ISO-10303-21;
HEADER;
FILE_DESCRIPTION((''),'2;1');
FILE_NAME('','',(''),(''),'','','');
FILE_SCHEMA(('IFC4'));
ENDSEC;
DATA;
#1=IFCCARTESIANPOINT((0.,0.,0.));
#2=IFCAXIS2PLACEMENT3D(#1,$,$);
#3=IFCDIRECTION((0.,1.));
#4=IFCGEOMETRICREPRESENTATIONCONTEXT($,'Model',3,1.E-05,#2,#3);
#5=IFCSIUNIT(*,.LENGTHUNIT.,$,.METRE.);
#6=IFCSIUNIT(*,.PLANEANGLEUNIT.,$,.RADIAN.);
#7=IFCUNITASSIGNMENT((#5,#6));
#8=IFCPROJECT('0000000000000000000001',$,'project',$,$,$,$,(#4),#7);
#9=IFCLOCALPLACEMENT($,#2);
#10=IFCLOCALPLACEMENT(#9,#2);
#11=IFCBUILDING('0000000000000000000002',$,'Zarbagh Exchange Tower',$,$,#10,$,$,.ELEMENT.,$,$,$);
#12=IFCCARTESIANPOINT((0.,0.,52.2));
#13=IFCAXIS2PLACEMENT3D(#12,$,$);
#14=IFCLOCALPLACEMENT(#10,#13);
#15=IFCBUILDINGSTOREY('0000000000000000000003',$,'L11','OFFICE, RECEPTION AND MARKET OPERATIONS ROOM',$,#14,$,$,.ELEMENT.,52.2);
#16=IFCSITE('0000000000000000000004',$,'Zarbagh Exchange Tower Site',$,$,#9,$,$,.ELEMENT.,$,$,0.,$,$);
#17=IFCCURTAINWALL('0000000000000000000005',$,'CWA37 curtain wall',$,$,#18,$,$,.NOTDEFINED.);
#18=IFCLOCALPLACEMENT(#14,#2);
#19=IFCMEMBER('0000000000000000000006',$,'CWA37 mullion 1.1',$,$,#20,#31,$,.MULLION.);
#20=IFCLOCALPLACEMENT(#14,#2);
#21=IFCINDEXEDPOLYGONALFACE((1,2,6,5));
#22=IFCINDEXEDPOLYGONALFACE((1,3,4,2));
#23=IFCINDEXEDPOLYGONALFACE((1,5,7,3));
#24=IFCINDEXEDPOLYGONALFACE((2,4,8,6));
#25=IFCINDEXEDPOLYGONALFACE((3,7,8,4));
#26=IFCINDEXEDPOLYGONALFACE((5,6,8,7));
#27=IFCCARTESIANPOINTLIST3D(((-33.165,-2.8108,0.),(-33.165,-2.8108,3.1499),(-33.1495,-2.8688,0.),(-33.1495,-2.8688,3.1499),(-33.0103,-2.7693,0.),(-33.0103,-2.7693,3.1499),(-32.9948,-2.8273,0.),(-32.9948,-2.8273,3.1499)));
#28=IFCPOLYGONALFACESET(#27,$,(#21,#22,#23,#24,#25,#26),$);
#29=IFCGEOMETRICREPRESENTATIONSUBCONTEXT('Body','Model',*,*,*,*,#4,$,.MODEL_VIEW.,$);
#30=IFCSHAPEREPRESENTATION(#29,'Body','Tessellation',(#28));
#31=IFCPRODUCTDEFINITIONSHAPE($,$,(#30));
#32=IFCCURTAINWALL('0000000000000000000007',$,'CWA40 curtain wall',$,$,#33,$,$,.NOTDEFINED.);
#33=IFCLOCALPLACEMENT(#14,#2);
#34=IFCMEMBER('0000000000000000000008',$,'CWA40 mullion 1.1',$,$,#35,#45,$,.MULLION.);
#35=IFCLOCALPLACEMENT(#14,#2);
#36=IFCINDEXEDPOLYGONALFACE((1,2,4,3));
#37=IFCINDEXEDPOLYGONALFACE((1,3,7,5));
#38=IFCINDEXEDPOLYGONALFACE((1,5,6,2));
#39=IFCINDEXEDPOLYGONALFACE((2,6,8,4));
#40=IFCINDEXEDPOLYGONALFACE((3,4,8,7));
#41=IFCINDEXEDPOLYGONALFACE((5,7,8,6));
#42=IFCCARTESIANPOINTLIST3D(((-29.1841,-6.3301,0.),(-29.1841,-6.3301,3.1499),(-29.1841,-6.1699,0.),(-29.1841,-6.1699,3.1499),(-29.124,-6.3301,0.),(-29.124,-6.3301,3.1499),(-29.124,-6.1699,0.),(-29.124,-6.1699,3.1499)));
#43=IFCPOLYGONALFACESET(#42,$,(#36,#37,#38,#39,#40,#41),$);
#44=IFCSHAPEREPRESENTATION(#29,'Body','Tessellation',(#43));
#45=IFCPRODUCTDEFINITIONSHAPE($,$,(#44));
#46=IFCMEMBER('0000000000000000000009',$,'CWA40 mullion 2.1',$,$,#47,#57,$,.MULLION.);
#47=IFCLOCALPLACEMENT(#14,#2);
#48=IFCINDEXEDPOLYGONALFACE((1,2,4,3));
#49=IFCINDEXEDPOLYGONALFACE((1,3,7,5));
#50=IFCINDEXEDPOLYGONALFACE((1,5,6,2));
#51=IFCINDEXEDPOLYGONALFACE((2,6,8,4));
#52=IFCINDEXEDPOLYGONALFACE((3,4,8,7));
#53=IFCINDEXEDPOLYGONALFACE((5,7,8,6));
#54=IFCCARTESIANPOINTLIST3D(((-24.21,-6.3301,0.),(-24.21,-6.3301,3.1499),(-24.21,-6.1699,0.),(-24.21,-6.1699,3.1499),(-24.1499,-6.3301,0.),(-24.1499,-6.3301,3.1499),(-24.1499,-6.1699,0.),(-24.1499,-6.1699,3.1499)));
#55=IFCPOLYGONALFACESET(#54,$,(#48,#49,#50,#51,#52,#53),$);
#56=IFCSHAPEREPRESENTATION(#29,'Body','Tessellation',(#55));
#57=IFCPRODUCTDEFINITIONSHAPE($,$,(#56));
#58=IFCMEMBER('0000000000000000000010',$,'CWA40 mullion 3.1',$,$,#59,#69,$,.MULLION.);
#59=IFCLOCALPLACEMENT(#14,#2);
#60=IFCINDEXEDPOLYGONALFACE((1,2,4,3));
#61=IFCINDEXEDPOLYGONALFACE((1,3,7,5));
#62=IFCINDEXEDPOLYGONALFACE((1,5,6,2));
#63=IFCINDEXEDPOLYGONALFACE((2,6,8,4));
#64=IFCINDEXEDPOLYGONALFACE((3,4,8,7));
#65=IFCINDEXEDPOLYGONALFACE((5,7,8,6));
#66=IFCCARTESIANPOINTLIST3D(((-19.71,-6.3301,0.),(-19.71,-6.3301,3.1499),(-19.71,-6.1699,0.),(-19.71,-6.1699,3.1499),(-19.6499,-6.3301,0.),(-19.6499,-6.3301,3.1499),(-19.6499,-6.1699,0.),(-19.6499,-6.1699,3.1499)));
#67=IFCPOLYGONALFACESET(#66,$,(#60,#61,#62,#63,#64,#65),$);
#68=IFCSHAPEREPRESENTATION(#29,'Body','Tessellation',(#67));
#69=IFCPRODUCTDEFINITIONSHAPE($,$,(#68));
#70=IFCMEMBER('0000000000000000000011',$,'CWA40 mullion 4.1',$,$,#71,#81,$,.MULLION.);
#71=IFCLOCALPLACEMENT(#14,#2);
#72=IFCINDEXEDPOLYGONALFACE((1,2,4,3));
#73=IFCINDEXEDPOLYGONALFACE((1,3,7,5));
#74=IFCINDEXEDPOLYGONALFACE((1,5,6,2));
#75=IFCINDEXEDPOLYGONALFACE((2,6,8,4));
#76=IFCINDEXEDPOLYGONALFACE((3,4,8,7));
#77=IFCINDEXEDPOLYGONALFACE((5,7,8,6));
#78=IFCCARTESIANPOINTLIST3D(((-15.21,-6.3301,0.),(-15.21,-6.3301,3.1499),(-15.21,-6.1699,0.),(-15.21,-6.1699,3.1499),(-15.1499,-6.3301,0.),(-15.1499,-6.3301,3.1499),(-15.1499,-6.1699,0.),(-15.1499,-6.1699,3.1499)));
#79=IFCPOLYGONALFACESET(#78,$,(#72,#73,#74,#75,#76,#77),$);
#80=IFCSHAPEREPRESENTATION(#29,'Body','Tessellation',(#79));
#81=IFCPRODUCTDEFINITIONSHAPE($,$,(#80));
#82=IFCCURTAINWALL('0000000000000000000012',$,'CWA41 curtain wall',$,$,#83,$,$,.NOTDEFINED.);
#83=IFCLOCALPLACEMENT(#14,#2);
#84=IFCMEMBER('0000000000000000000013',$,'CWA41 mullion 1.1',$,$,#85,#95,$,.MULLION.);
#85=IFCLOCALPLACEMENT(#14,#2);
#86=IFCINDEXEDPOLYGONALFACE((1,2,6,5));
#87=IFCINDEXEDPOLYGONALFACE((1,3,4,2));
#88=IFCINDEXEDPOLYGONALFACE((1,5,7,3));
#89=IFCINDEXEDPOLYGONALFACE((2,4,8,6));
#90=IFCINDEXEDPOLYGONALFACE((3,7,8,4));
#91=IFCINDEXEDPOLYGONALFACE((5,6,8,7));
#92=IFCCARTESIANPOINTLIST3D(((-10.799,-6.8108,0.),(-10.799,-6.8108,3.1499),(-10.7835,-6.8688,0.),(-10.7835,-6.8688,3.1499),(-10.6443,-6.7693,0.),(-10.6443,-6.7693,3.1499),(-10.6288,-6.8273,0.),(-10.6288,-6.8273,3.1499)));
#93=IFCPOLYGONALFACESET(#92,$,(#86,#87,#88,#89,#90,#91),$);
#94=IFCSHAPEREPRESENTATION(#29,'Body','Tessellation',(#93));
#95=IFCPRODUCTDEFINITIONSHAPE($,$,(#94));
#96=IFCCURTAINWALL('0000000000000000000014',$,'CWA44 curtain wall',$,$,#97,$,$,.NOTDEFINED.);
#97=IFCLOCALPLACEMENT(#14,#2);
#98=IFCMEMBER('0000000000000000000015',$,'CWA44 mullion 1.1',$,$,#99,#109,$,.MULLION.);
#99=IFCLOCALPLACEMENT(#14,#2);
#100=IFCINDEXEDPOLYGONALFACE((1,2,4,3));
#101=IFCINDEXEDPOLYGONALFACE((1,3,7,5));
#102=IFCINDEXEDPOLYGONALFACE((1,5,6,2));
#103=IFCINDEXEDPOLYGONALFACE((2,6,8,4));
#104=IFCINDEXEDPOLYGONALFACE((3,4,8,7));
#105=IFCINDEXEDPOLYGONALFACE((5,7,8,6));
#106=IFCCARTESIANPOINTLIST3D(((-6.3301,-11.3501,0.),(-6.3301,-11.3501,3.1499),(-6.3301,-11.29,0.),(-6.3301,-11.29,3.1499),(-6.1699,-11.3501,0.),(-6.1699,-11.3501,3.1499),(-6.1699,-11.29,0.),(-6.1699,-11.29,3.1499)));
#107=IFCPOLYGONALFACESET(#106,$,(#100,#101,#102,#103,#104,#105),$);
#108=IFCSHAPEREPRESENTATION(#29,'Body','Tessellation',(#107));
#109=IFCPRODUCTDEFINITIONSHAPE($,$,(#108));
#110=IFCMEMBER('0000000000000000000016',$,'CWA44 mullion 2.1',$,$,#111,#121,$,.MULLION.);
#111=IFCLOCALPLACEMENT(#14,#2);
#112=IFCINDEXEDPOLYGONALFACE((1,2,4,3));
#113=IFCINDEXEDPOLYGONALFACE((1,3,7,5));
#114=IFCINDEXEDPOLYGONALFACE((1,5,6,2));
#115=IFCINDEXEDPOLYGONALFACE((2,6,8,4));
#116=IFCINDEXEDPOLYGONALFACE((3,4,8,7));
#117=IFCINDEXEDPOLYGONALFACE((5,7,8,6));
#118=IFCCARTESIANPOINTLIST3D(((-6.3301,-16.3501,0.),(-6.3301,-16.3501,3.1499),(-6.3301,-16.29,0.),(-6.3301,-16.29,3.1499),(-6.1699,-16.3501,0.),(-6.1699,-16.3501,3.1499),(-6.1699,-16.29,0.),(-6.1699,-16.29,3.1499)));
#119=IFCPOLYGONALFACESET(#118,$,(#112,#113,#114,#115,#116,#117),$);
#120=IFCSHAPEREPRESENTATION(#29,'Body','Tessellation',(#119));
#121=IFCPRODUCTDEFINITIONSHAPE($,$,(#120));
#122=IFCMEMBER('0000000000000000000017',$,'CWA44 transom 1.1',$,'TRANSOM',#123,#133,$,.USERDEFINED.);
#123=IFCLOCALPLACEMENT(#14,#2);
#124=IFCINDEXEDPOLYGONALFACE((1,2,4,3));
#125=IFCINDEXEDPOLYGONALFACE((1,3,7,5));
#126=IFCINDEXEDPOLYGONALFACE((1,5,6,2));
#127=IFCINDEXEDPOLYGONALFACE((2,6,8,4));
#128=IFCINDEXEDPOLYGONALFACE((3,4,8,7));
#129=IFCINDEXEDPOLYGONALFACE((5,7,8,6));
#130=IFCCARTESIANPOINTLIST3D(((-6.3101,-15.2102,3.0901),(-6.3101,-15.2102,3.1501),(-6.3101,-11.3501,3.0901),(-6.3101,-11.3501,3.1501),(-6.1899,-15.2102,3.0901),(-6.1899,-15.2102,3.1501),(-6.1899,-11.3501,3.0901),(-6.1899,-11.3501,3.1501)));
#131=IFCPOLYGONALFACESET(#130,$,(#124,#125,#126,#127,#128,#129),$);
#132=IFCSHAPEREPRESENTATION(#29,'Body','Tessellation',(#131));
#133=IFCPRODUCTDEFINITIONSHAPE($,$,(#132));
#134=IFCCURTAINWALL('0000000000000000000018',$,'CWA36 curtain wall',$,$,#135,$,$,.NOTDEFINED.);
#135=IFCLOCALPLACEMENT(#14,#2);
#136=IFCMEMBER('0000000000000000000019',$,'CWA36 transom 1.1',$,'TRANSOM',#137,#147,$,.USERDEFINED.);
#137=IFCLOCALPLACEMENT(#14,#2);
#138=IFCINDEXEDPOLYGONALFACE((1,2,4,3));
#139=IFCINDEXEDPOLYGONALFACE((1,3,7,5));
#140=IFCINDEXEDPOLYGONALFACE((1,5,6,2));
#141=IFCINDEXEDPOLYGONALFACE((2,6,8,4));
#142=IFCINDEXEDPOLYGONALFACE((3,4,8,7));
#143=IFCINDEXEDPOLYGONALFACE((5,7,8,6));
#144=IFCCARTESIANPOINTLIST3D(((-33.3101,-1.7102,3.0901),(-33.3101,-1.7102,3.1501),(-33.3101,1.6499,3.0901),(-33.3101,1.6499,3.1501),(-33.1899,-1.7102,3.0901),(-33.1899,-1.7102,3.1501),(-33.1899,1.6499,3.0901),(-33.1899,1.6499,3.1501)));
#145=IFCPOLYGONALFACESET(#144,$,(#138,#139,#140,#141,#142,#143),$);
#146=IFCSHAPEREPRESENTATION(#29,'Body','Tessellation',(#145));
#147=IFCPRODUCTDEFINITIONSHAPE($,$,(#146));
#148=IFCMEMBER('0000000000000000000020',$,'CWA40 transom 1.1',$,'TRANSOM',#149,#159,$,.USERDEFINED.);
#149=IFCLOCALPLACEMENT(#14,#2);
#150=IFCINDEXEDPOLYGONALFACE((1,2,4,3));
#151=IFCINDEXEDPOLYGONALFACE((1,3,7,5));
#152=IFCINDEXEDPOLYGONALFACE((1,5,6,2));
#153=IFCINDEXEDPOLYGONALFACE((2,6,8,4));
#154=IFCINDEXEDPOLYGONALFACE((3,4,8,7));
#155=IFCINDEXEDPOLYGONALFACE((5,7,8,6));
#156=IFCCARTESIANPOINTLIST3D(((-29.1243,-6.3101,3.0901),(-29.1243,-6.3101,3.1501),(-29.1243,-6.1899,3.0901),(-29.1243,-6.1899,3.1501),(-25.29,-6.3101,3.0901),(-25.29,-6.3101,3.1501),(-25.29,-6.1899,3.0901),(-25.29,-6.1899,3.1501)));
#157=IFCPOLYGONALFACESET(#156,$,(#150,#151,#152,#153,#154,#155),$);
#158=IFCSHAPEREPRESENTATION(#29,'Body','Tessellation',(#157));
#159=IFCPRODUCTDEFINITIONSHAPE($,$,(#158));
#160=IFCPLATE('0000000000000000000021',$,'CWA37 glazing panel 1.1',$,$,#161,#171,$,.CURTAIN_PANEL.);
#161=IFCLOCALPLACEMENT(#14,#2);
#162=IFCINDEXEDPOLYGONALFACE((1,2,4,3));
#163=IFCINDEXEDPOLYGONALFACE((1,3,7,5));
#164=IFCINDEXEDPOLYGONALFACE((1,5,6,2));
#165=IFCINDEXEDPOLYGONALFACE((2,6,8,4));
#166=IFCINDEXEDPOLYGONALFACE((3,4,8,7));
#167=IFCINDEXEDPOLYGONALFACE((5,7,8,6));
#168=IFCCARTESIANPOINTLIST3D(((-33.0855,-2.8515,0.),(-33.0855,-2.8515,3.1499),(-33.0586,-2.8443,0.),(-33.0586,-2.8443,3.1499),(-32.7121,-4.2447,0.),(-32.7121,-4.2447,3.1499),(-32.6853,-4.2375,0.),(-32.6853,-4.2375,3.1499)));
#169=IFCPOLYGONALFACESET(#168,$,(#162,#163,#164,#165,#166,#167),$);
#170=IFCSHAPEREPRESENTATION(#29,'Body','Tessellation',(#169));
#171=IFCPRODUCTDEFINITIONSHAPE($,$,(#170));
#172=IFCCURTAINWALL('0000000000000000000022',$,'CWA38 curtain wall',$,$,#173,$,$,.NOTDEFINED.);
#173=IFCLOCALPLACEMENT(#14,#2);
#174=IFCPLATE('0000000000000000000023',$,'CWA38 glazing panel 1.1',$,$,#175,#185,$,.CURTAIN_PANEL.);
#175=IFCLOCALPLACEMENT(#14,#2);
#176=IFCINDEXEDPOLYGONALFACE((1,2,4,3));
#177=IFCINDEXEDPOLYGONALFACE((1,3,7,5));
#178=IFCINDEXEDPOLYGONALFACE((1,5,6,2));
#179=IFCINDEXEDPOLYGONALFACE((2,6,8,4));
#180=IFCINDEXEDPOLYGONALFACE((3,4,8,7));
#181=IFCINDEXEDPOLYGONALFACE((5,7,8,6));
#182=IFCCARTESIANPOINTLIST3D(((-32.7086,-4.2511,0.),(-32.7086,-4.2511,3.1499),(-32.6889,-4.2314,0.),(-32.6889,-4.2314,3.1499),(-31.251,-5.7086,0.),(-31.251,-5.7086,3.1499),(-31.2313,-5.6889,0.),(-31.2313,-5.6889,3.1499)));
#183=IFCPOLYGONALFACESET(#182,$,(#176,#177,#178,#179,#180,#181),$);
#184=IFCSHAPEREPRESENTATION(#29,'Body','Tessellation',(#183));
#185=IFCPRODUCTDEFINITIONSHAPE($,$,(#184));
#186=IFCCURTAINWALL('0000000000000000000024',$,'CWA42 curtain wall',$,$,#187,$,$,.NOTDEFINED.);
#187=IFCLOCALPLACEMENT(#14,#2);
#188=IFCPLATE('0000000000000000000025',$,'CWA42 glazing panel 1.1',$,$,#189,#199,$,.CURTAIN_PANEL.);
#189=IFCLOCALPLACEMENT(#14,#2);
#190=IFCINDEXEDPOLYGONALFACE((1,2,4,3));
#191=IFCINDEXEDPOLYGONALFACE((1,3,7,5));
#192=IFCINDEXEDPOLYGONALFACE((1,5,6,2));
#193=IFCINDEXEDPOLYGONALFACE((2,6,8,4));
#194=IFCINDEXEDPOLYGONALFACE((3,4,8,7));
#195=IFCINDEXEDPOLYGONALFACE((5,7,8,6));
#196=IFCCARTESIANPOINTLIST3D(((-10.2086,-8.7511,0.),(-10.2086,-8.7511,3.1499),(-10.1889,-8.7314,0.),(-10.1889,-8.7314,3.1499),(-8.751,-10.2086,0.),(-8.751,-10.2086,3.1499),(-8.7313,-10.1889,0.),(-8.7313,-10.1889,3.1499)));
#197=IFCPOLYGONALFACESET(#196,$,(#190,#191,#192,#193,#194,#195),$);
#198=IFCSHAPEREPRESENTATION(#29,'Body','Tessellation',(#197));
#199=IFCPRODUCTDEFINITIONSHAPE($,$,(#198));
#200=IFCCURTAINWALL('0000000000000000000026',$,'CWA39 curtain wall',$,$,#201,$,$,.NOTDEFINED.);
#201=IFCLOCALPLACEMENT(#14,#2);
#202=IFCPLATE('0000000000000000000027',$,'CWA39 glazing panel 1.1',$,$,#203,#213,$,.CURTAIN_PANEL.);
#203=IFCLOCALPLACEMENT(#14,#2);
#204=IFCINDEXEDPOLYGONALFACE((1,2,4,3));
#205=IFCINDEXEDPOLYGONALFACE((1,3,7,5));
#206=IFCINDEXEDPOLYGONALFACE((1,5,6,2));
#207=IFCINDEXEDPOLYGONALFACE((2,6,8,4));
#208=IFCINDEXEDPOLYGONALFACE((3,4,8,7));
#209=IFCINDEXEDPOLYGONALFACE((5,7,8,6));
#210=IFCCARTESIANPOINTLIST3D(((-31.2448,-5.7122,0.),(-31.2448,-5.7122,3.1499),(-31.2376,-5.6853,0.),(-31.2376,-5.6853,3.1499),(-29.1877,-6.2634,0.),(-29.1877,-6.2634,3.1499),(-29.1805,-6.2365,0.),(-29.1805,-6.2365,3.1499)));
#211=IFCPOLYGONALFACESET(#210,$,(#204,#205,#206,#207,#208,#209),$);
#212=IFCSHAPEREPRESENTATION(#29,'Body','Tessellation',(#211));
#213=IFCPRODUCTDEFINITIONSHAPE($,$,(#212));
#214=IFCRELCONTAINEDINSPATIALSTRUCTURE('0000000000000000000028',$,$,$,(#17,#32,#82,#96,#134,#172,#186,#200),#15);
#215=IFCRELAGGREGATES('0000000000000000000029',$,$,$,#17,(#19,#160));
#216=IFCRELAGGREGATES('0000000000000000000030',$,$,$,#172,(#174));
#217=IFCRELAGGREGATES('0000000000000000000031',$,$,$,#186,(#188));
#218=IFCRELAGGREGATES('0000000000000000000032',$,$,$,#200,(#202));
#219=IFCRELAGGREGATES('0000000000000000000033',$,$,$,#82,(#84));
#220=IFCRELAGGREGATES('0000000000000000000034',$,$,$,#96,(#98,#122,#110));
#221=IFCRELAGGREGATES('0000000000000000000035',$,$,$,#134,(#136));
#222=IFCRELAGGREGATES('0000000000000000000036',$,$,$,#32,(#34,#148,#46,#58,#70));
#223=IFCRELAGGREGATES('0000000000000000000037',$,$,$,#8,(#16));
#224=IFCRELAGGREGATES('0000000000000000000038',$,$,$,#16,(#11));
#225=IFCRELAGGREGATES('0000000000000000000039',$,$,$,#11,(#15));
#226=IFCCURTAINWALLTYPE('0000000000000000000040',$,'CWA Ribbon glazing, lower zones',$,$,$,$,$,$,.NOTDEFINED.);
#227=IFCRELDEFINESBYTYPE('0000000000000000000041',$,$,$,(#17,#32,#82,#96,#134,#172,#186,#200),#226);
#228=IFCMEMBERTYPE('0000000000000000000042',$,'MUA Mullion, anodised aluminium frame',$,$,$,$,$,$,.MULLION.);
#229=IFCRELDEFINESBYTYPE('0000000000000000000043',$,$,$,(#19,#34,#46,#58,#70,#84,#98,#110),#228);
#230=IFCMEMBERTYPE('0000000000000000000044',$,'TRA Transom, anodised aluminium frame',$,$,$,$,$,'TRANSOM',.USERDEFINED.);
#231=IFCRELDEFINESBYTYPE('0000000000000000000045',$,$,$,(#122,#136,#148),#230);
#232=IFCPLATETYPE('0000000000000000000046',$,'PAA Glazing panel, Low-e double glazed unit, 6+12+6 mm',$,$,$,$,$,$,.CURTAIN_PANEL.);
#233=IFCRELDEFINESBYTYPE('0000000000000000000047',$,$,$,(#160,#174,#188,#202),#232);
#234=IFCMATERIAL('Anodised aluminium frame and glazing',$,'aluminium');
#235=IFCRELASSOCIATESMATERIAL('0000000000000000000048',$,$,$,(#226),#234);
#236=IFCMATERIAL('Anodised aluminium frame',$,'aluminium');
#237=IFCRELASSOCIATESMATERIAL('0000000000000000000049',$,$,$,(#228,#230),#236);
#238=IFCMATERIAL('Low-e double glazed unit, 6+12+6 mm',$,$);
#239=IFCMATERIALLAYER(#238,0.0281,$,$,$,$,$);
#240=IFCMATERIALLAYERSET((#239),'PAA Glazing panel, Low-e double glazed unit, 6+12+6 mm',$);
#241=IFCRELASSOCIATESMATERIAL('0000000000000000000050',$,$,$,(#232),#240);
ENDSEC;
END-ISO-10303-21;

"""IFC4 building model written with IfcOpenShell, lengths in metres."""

from ifc_helpers import new_model, si_unit, direction, frame, origin, place, context, subcontext, project, spatial, polyline, outline, extrude, source, transform, mapped, material, layer, layer_set, type_object, element, aggregate, save


model = new_model("IFC4")

# Units and contexts
model_context = context("Model", 3, precision=1e-05, world=origin(), true_north=direction((0.0, 1.0)))
body_context = subcontext(model_context, "Body", "Model", "MODEL_VIEW")
ifc_project = project(units=[si_unit("LENGTHUNIT", "METRE"), si_unit("PLANEANGLEUNIT", "RADIAN")], contexts=[model_context])

# Site, building, storey
site_placement = place(None, origin())
site = spatial("IfcSite", under=ifc_project, at=site_placement, Name="Zarbagh Exchange Tower Site", CompositionType="ELEMENT", RefElevation=0.0)
building_placement = place(site_placement, origin())
building = spatial("IfcBuilding", under=site, at=building_placement, Name="Zarbagh Exchange Tower", CompositionType="ELEMENT")
storey_placement = place(building_placement, frame((0.0, 0.0, 52.2)))
storey = spatial("IfcBuildingStorey", under=building, at=storey_placement, Name="L11", Description="OFFICE, RECEPTION AND MARKET OPERATIONS ROOM", CompositionType="ELEMENT", Elevation=52.2)

# Curtain wall, member
ifc_material_1 = material(Name="Anodised aluminium frame and glazing", Category="aluminium")
curtain_wall_type = type_object("IfcCurtainWallType", Name="CWA Ribbon glazing, lower zones", PredefinedType="NOTDEFINED", material=ifc_material_1)
curtain_wall_1_placement = place(storey_placement, origin())
curtain_wall_1 = element("IfcCurtainWall", 1, at=curtain_wall_1_placement, inside=storey, type_object=curtain_wall_type, Name="CWA37 curtain wall", PredefinedType="NOTDEFINED")
ifc_material_2 = material(Name="Anodised aluminium frame", Category="aluminium")
member_type_1 = type_object("IfcMemberType", Name="MUA Mullion, anodised aluminium frame", PredefinedType="MULLION", material=ifc_material_2)
shared_shape_1 = source(origin(), body_context, "Body", "SweptSolid", [
    extrude(outline(polyline([(0.0, -0.0801), (0.0601, -0.0801), (0.0601, 0.0801), (0.0, 0.0801), (0.0, -0.0801)])), origin(), (0.0, 0.0, 1.0), 3.1499),
])
placement = place(storey_placement, origin())
member_1 = element("IfcMember", 2, at=placement, type_object=member_type_1, Name="CWA37 mullion 1.1", PredefinedType="MULLION", context=body_context, shape_type="MappedRepresentation", body=[
    mapped(shared_shape_1, transform((-33.0876, -2.79, 0.0), x_axis=(0.258825, -0.965924, 0.0), y_axis=(0.965924, 0.258825, 0.0), z_axis=(0.0, 0.0, 1.0))),
])

# Curtain wall, members
curtain_wall_2_placement = place(storey_placement, origin())
curtain_wall_2 = element("IfcCurtainWall", 3, at=curtain_wall_2_placement, inside=storey, type_object=curtain_wall_type, Name="CWA40 curtain wall", PredefinedType="NOTDEFINED")
member_2 = element("IfcMember", 4, at=placement, type_object=member_type_1, Name="CWA40 mullion 1.1", PredefinedType="MULLION", context=body_context, shape_type="MappedRepresentation", body=[
    mapped(shared_shape_1, transform((-29.1841, -6.25, 0.0), x_axis=(1.0, 0.0, 0.0), y_axis=(0.0, 1.0, 0.0), z_axis=(0.0, 0.0, 1.0))),
])
member_3 = element("IfcMember", 5, at=placement, type_object=member_type_1, Name="CWA40 mullion 2.1", PredefinedType="MULLION", context=body_context, shape_type="MappedRepresentation", body=[
    mapped(shared_shape_1, transform((-24.21, -6.25, 0.0), x_axis=(1.0, 0.0, 0.0), y_axis=(0.0, 1.0, 0.0), z_axis=(0.0, 0.0, 1.0))),
])
member_4 = element("IfcMember", 6, at=placement, type_object=member_type_1, Name="CWA40 mullion 3.1", PredefinedType="MULLION", context=body_context, shape_type="MappedRepresentation", body=[
    mapped(shared_shape_1, transform((-19.71, -6.25, 0.0), x_axis=(1.0, 0.0, 0.0), y_axis=(0.0, 1.0, 0.0), z_axis=(0.0, 0.0, 1.0))),
])
member_5 = element("IfcMember", 7, at=placement, type_object=member_type_1, Name="CWA40 mullion 4.1", PredefinedType="MULLION", context=body_context, shape_type="MappedRepresentation", body=[
    mapped(shared_shape_1, transform((-15.21, -6.25, 0.0), x_axis=(1.0, 0.0, 0.0), y_axis=(0.0, 1.0, 0.0), z_axis=(0.0, 0.0, 1.0))),
])

# Curtain wall, member
curtain_wall_3_placement = place(storey_placement, origin())
curtain_wall_3 = element("IfcCurtainWall", 8, at=curtain_wall_3_placement, inside=storey, type_object=curtain_wall_type, Name="CWA41 curtain wall", PredefinedType="NOTDEFINED")
member_6 = element("IfcMember", 9, at=placement, type_object=member_type_1, Name="CWA41 mullion 1.1", PredefinedType="MULLION", context=body_context, shape_type="MappedRepresentation", body=[
    mapped(shared_shape_1, transform((-10.7217, -6.79, 0.0), x_axis=(0.258825, -0.965924, 0.0), y_axis=(0.965924, 0.258825, 0.0), z_axis=(0.0, 0.0, 1.0))),
])

# Curtain wall, members
curtain_wall_4_placement = place(storey_placement, origin())
curtain_wall_4 = element("IfcCurtainWall", 10, at=curtain_wall_4_placement, inside=storey, type_object=curtain_wall_type, Name="CWA44 curtain wall", PredefinedType="NOTDEFINED")
member_7 = element("IfcMember", 11, at=placement, type_object=member_type_1, Name="CWA44 mullion 1.1", PredefinedType="MULLION", context=body_context, shape_type="MappedRepresentation", body=[
    mapped(shared_shape_1, transform((-6.25, -11.29, 0.0), x_axis=(0.0, -1.0, 0.0), y_axis=(1.0, 0.0, 0.0), z_axis=(0.0, 0.0, 1.0))),
])
member_8 = element("IfcMember", 12, at=placement, type_object=member_type_1, Name="CWA44 mullion 2.1", PredefinedType="MULLION", context=body_context, shape_type="MappedRepresentation", body=[
    mapped(shared_shape_1, transform((-6.25, -16.29, 0.0), x_axis=(0.0, -1.0, 0.0), y_axis=(1.0, 0.0, 0.0), z_axis=(0.0, 0.0, 1.0))),
])
member_type_2 = type_object("IfcMemberType", Name="TRA Transom, anodised aluminium frame", ElementType="TRANSOM", PredefinedType="USERDEFINED", material=ifc_material_2)
shared_shape_2 = source(origin(), body_context, "Body", "SweptSolid", [
    extrude(outline(polyline([(-0.0601, -0.0601), (0.0, -0.0601), (0.0, 0.0601), (-0.0601, 0.0601), (-0.0601, -0.0601)])), origin(), (0.0, 0.0, 1.0), 3.8601),
])
member_9 = element("IfcMember", 13, at=placement, type_object=member_type_2, Name="CWA44 transom 1.1", ObjectType="TRANSOM", PredefinedType="USERDEFINED", context=body_context, shape_type="MappedRepresentation", body=[
    mapped(shared_shape_2, transform((-6.25, -11.3501, 3.1501), x_axis=(0.0, 0.0, 1.0), y_axis=(-1.0, 0.0, 0.0), z_axis=(0.0, -1.0, 0.0))),
])

# Curtain wall, member
curtain_wall_5_placement = place(storey_placement, origin())
curtain_wall_5 = element("IfcCurtainWall", 14, at=curtain_wall_5_placement, inside=storey, type_object=curtain_wall_type, Name="CWA36 curtain wall", PredefinedType="NOTDEFINED")
shared_shape_3 = source(origin(), body_context, "Body", "SweptSolid", [
    extrude(outline(polyline([(-0.0601, -0.0601), (0.0, -0.0601), (0.0, 0.0601), (-0.0601, 0.0601), (-0.0601, -0.0601)])), origin(), (0.0, 0.0, 1.0), 3.3601),
])
member_10 = element("IfcMember", 15, at=placement, type_object=member_type_2, Name="CWA36 transom 1.1", ObjectType="TRANSOM", PredefinedType="USERDEFINED", context=body_context, shape_type="MappedRepresentation", body=[
    mapped(shared_shape_3, transform((-33.25, 1.6499, 3.1501), x_axis=(0.0, 0.0, 1.0), y_axis=(-1.0, 0.0, 0.0), z_axis=(0.0, -1.0, 0.0))),
])

# Member
shared_shape_4 = source(origin(), body_context, "Body", "SweptSolid", [
    extrude(outline(polyline([(-0.0601, -0.0601), (0.0, -0.0601), (0.0, 0.0601), (-0.0601, 0.0601), (-0.0601, -0.0601)])), origin(), (0.0, 0.0, 1.0), 3.8342),
])
member_11 = element("IfcMember", 16, at=placement, type_object=member_type_2, Name="CWA40 transom 1.1", ObjectType="TRANSOM", PredefinedType="USERDEFINED", context=body_context, shape_type="MappedRepresentation", body=[
    mapped(shared_shape_4, transform((-29.1243, -6.25, 3.1501), x_axis=(0.0, 0.0, 1.0), y_axis=(0.0, -1.0, 0.0), z_axis=(1.0, 0.0, 0.0))),
])

# Plate
ifc_material_3 = material(Name="Low-e double glazed unit, 6+12+6 mm")
ifc_layer = layer(ifc_material_3, 0.0281)
ifc_layer_set = layer_set([ifc_layer], Name="PAA Glazing panel, Low-e double glazed unit, 6+12+6 mm")
plate_type = type_object("IfcPlateType", Name="PAA Glazing panel, Low-e double glazed unit, 6+12+6 mm", PredefinedType="CURTAIN_PANEL", material=ifc_layer_set)
shared_shape_5 = source(origin(), body_context, "Body", "SweptSolid", [
    extrude(outline(polyline([(0.0, -0.0139), (1.4424, -0.0139), (1.4424, 0.0139), (0.0, 0.0139), (0.0, -0.0139)])), origin(), (0.0, 0.0, 1.0), 3.1499),
])
plate_1 = element("IfcPlate", 17, at=placement, type_object=plate_type, Name="CWA37 glazing panel 1.1", PredefinedType="CURTAIN_PANEL", context=body_context, shape_type="MappedRepresentation", body=[
    mapped(shared_shape_5, transform((-33.072, -2.8479, 0.0), x_axis=(0.258825, -0.965924, 0.0), y_axis=(0.965924, 0.258825, 0.0), z_axis=(0.0, 0.0, 1.0))),
])
aggregate(curtain_wall_1, [member_1, plate_1])

# Curtain walls, plates
curtain_wall_6_placement = place(storey_placement, origin())
curtain_wall_6 = element("IfcCurtainWall", 18, at=curtain_wall_6_placement, inside=storey, type_object=curtain_wall_type, Name="CWA38 curtain wall", PredefinedType="NOTDEFINED")
shared_shape_6 = source(origin(), body_context, "Body", "SweptSolid", [
    extrude(outline(polyline([(0.0, -0.0139), (2.0613, -0.0139), (2.0613, 0.0139), (0.0, 0.0139), (0.0, -0.0139)])), origin(), (0.0, 0.0, 1.0), 3.1499),
])
plate_2 = element("IfcPlate", 19, at=placement, type_object=plate_type, Name="CWA38 glazing panel 1.1", PredefinedType="CURTAIN_PANEL", context=body_context, shape_type="MappedRepresentation", body=[
    mapped(shared_shape_6, transform((-32.6987, -4.2412, 0.0), x_axis=(0.707107, -0.707107, 0.0), y_axis=(0.707107, 0.707107, 0.0), z_axis=(0.0, 0.0, 1.0))),
])
aggregate(curtain_wall_6, [plate_2])
curtain_wall_7_placement = place(storey_placement, origin())
curtain_wall_7 = element("IfcCurtainWall", 20, at=curtain_wall_7_placement, inside=storey, type_object=curtain_wall_type, Name="CWA42 curtain wall", PredefinedType="NOTDEFINED")
plate_3 = element("IfcPlate", 21, at=placement, type_object=plate_type, Name="CWA42 glazing panel 1.1", PredefinedType="CURTAIN_PANEL", context=body_context, shape_type="MappedRepresentation", body=[
    mapped(shared_shape_6, transform((-10.1987, -8.7412, 0.0), x_axis=(0.707107, -0.707107, 0.0), y_axis=(0.707107, 0.707107, 0.0), z_axis=(0.0, 0.0, 1.0))),
])
aggregate(curtain_wall_7, [plate_3])
curtain_wall_8_placement = place(storey_placement, origin())
curtain_wall_8 = element("IfcCurtainWall", 22, at=curtain_wall_8_placement, inside=storey, type_object=curtain_wall_type, Name="CWA39 curtain wall", PredefinedType="NOTDEFINED")
shared_shape_7 = source(origin(), body_context, "Body", "SweptSolid", [
    extrude(outline(polyline([(0.0, -0.0139), (2.1296, -0.0139), (2.1296, 0.0139), (0.0, 0.0139), (0.0, -0.0139)])), origin(), (0.0, 0.0, 1.0), 3.1499),
])
plate_4 = element("IfcPlate", 23, at=placement, type_object=plate_type, Name="CWA39 glazing panel 1.1", PredefinedType="CURTAIN_PANEL", context=body_context, shape_type="MappedRepresentation", body=[
    mapped(shared_shape_7, transform((-31.2412, -5.6987, 0.0), x_axis=(0.965924, -0.258825, 0.0), y_axis=(0.258825, 0.965924, 0.0), z_axis=(0.0, 0.0, 1.0))),
])
aggregate(curtain_wall_8, [plate_4])

aggregate(curtain_wall_3, [member_6])

aggregate(curtain_wall_4, [member_7, member_9, member_8])
aggregate(curtain_wall_5, [member_10])
aggregate(curtain_wall_2, [member_2, member_11, member_3, member_4, member_5])

save(model, "model.ifc")
